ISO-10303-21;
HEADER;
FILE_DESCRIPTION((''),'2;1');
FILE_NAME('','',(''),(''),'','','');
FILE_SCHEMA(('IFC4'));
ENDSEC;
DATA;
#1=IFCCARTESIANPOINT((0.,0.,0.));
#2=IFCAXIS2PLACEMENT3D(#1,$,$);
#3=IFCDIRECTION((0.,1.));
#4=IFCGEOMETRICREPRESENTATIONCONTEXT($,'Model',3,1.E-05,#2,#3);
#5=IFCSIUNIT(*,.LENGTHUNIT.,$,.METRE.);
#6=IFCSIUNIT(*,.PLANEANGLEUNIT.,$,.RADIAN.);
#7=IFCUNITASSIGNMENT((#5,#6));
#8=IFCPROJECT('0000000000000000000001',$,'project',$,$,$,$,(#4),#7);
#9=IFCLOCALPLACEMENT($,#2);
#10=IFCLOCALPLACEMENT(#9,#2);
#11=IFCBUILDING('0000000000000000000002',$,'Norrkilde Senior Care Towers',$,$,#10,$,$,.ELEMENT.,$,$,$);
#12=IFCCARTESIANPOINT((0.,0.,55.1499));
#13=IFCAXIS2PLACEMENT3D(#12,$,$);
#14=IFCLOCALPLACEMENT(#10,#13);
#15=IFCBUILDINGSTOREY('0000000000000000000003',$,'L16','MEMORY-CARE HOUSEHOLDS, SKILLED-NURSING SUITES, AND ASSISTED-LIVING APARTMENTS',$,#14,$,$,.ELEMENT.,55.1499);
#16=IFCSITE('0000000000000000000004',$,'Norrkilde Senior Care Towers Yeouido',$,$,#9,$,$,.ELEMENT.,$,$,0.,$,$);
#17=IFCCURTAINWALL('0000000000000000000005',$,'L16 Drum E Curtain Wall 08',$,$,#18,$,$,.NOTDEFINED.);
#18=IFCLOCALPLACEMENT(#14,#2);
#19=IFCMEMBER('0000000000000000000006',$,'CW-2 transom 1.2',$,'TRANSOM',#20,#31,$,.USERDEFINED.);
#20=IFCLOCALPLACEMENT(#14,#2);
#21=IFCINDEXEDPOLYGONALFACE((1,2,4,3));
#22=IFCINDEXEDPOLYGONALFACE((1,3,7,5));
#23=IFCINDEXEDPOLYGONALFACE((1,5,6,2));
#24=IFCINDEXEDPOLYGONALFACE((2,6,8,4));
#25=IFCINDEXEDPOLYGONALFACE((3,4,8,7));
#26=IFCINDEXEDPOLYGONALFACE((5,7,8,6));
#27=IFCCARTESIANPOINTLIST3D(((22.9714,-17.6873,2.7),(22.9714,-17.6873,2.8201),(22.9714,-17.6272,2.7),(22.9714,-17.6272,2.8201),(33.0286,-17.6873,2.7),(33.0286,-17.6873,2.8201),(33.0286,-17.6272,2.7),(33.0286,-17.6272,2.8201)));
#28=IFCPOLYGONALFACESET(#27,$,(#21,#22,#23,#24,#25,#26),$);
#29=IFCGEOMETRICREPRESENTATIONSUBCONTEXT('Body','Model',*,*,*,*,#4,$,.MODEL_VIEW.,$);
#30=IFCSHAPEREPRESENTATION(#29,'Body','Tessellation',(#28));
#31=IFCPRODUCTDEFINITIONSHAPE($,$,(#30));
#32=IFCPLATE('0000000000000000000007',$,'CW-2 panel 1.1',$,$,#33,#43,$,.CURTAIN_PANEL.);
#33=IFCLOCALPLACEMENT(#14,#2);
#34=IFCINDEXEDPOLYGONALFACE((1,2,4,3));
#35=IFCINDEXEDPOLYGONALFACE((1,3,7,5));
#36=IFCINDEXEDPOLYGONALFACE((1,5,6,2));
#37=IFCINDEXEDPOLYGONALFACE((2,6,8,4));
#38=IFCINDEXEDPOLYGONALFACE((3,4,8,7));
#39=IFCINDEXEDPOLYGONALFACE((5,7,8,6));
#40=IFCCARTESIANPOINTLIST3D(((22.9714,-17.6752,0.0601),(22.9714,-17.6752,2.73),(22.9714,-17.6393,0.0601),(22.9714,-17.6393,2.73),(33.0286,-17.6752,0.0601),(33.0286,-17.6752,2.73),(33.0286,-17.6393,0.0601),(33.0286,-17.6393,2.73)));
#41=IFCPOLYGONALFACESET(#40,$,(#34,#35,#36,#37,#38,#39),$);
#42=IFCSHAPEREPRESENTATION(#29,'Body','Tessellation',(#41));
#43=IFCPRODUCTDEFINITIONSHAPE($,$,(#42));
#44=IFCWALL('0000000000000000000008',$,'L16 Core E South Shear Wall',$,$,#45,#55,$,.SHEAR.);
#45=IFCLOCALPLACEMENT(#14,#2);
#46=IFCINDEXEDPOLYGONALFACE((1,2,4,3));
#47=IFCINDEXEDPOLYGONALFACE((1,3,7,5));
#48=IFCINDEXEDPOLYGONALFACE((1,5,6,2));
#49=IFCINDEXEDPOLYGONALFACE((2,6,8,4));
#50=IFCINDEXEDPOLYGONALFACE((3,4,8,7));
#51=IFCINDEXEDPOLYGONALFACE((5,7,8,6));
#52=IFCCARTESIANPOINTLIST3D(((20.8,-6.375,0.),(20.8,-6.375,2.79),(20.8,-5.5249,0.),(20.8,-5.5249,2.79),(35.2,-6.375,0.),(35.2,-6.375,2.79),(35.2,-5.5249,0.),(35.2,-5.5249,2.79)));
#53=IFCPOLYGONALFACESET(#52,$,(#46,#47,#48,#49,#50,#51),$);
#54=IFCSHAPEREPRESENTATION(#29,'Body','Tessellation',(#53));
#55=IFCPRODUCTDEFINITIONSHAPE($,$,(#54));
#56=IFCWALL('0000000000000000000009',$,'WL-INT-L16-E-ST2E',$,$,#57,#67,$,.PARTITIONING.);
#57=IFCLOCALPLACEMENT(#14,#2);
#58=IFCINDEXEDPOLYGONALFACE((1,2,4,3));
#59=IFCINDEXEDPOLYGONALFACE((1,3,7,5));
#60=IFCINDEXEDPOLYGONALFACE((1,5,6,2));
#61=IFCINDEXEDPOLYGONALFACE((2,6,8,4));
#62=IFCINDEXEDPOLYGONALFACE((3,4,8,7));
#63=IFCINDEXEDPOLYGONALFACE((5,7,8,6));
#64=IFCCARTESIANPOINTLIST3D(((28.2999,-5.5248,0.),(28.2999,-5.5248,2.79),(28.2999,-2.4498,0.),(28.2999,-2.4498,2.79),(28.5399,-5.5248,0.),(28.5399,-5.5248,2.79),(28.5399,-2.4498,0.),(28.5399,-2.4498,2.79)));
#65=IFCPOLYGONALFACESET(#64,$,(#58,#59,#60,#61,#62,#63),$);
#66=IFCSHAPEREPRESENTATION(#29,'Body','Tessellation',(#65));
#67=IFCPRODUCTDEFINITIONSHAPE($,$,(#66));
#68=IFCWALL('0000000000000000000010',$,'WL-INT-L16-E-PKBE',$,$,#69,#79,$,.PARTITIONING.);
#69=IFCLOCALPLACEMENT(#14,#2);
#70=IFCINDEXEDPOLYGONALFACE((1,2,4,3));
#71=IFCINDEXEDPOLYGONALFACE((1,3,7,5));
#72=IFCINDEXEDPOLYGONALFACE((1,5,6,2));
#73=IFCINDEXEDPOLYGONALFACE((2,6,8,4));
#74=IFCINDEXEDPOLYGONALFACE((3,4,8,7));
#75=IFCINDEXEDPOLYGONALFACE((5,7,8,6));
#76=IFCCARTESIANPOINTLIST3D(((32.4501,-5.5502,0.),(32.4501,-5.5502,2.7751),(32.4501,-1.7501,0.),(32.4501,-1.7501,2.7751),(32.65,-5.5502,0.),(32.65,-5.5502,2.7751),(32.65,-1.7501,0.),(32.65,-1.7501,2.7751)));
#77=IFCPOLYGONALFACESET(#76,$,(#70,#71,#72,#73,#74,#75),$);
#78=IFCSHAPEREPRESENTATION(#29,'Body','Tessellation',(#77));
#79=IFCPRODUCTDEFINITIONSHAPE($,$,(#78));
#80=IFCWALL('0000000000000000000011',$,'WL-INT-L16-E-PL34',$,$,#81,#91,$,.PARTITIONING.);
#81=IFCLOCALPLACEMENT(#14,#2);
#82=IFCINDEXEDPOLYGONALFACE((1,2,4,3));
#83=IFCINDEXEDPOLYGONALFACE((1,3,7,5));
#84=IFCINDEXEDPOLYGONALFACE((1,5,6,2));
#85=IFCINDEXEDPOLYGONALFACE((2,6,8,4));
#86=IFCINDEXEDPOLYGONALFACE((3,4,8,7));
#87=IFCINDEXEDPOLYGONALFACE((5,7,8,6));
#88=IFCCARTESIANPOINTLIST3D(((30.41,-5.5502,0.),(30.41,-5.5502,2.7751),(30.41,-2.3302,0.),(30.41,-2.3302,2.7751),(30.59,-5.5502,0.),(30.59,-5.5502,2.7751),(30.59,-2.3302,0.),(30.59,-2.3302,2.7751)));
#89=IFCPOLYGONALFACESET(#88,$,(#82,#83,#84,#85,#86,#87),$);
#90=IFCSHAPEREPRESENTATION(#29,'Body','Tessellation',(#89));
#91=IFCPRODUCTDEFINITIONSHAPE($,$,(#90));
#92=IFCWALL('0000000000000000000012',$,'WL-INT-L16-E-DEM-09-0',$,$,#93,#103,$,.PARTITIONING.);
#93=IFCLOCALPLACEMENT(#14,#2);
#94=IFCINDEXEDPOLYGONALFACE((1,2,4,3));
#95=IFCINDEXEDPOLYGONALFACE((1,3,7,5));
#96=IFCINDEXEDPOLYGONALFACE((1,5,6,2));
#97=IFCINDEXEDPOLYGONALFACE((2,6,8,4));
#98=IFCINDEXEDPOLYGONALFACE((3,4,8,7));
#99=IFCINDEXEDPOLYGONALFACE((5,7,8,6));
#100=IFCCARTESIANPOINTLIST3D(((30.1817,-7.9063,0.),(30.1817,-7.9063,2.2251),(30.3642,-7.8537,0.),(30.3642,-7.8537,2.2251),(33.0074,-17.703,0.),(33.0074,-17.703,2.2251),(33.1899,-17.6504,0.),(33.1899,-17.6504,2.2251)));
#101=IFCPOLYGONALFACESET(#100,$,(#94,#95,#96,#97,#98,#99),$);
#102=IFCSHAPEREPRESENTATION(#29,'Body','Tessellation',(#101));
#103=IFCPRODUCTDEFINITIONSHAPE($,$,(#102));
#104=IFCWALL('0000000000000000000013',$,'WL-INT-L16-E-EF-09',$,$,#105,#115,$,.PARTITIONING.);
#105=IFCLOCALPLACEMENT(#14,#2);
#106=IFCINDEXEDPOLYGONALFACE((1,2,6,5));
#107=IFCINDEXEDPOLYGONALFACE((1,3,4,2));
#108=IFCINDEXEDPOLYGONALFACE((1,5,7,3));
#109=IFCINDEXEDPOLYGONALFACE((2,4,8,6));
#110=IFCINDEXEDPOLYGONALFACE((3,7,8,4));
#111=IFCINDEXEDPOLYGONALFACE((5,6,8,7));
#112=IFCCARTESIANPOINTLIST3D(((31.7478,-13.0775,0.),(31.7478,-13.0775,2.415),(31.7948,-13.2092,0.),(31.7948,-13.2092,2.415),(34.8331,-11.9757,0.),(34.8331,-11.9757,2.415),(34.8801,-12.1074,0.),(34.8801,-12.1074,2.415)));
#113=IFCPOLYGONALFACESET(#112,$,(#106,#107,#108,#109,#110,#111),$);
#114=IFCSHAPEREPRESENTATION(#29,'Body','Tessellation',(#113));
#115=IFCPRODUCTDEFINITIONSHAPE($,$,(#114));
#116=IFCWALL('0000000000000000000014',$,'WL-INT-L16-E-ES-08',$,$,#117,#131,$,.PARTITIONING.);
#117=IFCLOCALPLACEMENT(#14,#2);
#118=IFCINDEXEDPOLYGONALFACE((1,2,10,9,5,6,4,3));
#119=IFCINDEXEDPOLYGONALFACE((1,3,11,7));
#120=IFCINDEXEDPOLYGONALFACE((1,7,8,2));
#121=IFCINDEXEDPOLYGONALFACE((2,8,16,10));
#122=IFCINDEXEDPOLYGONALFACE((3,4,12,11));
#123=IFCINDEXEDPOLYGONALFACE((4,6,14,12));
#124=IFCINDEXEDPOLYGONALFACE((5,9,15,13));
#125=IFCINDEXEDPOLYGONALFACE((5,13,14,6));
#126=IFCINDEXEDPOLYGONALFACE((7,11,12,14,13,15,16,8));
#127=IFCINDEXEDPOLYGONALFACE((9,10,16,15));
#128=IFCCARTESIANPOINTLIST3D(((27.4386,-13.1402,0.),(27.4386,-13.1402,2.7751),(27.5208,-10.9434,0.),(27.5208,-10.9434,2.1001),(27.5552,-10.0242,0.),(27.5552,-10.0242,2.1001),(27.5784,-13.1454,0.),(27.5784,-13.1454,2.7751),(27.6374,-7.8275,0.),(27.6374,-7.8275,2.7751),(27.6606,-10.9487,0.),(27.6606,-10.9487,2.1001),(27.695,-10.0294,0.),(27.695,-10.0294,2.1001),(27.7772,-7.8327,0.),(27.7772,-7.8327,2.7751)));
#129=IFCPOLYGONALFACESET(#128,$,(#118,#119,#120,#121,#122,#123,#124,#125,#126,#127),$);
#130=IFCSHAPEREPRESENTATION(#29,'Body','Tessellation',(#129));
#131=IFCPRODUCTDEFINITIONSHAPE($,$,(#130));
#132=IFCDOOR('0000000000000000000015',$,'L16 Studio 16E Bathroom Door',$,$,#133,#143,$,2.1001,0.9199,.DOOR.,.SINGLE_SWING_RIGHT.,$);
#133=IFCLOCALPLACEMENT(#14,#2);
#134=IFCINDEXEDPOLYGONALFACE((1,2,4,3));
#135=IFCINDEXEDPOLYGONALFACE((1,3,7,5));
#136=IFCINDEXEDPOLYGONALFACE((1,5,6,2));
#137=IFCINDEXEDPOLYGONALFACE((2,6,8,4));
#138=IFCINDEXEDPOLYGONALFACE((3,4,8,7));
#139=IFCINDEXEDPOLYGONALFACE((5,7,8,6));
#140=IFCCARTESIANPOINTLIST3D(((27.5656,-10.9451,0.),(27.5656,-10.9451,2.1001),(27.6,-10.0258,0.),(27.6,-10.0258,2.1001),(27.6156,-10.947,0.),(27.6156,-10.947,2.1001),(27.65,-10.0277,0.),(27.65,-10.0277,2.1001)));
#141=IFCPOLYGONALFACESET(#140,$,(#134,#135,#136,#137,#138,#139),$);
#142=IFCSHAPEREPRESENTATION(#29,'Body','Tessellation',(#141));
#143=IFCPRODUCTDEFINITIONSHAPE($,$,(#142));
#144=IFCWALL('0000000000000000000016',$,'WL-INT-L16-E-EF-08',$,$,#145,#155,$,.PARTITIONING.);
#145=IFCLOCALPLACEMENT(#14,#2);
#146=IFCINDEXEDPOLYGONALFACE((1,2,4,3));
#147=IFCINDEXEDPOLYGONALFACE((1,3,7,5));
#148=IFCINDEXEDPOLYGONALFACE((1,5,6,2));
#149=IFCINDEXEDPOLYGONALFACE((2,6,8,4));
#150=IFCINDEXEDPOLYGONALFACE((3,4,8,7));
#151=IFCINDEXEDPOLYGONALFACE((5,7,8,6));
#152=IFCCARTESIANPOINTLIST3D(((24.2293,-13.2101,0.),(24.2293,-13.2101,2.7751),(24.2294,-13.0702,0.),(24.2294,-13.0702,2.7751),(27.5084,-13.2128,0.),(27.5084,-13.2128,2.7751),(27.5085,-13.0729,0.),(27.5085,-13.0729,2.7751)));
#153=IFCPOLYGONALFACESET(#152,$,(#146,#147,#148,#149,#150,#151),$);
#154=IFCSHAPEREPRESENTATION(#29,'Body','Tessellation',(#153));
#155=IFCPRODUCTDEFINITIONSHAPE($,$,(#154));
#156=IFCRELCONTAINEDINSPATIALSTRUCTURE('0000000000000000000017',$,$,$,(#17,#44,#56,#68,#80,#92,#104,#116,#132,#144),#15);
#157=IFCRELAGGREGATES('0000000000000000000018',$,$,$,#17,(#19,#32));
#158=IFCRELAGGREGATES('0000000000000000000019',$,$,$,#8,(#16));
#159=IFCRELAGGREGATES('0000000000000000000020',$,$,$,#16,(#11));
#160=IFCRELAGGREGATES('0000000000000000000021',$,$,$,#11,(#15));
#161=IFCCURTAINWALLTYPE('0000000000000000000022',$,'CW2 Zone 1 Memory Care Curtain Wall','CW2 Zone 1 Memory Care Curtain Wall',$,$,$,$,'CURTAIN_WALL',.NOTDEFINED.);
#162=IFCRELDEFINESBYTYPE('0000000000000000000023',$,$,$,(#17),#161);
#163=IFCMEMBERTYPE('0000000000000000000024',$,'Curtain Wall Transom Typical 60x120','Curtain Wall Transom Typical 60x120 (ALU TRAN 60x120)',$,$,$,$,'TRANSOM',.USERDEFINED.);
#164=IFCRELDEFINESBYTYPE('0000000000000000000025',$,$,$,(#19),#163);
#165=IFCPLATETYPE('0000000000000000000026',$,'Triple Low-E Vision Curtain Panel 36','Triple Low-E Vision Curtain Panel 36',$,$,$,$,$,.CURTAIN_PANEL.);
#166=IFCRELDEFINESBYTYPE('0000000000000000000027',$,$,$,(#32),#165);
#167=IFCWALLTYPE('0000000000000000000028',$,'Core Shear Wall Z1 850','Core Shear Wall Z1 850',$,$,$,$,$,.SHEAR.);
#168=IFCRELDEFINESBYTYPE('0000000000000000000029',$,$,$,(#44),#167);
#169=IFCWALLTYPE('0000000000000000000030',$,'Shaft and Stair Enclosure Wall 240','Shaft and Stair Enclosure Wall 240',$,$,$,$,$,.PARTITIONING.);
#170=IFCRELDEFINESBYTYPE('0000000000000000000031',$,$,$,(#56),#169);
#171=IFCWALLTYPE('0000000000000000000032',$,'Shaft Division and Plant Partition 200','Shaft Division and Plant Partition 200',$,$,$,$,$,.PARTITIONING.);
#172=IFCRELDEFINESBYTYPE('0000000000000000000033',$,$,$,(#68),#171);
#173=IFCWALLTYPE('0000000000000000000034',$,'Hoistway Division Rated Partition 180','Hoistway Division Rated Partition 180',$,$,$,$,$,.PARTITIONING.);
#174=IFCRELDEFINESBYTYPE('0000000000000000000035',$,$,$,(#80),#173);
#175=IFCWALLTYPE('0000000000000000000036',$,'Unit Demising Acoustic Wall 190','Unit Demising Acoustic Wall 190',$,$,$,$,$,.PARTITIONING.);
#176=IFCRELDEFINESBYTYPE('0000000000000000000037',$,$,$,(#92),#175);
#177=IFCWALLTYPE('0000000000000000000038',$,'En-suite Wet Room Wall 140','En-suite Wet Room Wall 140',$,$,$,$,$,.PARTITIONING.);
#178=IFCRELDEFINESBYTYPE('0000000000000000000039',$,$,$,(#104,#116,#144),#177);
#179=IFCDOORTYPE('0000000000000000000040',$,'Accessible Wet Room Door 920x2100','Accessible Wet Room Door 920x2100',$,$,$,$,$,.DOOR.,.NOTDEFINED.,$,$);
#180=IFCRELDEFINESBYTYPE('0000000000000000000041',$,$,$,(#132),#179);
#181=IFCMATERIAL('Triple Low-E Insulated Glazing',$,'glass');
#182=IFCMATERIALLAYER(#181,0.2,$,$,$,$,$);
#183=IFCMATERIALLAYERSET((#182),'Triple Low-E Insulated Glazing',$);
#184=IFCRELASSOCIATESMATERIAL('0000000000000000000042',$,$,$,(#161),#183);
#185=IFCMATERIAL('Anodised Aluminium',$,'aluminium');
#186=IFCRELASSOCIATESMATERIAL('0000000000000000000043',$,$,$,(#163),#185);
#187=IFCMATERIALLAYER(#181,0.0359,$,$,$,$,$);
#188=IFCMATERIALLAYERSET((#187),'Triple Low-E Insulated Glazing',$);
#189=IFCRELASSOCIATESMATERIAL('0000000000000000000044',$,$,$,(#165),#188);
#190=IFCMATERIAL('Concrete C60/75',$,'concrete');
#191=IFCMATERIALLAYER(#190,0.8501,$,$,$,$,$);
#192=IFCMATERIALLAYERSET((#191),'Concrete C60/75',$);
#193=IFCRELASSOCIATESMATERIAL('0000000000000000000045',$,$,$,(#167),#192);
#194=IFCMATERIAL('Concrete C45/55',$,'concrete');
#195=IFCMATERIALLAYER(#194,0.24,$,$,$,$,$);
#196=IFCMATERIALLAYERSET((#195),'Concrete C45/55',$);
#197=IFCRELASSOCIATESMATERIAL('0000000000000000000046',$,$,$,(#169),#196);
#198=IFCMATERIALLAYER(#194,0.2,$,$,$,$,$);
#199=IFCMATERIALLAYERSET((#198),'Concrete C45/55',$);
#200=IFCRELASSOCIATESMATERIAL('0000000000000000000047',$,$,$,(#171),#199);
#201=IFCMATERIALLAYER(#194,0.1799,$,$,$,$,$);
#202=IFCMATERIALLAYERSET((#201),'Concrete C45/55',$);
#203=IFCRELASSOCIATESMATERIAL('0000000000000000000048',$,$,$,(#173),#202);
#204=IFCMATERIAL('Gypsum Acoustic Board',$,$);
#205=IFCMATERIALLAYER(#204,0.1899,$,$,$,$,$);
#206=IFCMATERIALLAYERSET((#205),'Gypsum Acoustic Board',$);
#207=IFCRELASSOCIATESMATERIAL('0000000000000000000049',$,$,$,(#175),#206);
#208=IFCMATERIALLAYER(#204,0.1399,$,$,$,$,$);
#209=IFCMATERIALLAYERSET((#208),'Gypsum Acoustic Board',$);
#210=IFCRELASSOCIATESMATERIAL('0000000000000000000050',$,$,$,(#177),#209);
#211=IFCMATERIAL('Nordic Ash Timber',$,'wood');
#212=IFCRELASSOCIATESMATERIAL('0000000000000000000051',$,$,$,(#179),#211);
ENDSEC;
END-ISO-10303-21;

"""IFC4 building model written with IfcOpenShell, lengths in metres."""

from ifc_helpers import new_model, si_unit, direction, frame, frame_2d, origin, origin_2d, place, context, subcontext, project, spatial, rectangle, extrude, source, transform, mapped, material, layer, layer_set, material_profile, profile_set, type_object, type_shapes, element, fill, aggregate, save


model = new_model("IFC4")

# Units and contexts
model_context = context("Model", 3, precision=1e-05, world=origin(), true_north=direction((0.0, 1.0)))
body_context = subcontext(model_context, "Body", "Model", "MODEL_VIEW")
ifc_project = project(units=[si_unit("LENGTHUNIT", "METRE"), si_unit("PLANEANGLEUNIT", "RADIAN")], contexts=[model_context])

# Site, building, storey
site_placement = place(None, origin())
site = spatial("IfcSite", under=ifc_project, at=site_placement, Name="Norrkilde Senior Care Towers Yeouido", CompositionType="ELEMENT", RefElevation=0.0)
building_placement = place(site_placement, origin())
building = spatial("IfcBuilding", under=site, at=building_placement, Name="Norrkilde Senior Care Towers", CompositionType="ELEMENT")
storey_placement = place(building_placement, frame((0.0, 0.0, 55.1499)))
storey = spatial("IfcBuildingStorey", under=building, at=storey_placement, Name="L16", Description="MEMORY-CARE HOUSEHOLDS, SKILLED-NURSING SUITES, AND ASSISTED-LIVING APARTMENTS", CompositionType="ELEMENT", Elevation=55.1499)

# Shared definitions
ifc_material_1 = material(Name="Concrete C60/75", Category="concrete")

# Curtain wall
ifc_material_2 = material(Name="Triple Low-E Insulated Glazing", Category="glass")
ifc_layer_1 = layer(ifc_material_2, 0.2)
ifc_layer_set_1 = layer_set([ifc_layer_1], Name="Triple Low-E Insulated Glazing")
curtain_wall_type = type_object("IfcCurtainWallType", Name="CW2 Zone 1 Memory Care Curtain Wall", Description="CW2 Zone 1 Memory Care Curtain Wall", ElementType="CURTAIN_WALL", PredefinedType="NOTDEFINED", material=ifc_layer_set_1)
curtain_wall_1_placement = place(storey_placement, origin())
curtain_wall_1 = element("IfcCurtainWall", 1, at=curtain_wall_1_placement, inside=storey, type_object=curtain_wall_type, Name="L16 Drum E Curtain Wall 08", PredefinedType="NOTDEFINED")
ifc_material_3 = material(Name="Anodised Aluminium", Category="aluminium")

# Member
ifc_material_profile_1 = material_profile(ifc_material_3, rectangle(XDim=0.0601, YDim=0.1201, at=origin_2d()), Name="ALU TRAN 60x120")
ifc_profile_set_1 = profile_set([ifc_material_profile_1], Name="Anodised Aluminium")
member_type_1 = type_object("IfcMemberType", Name="Curtain Wall Transom Typical 60x120", Description="Curtain Wall Transom Typical 60x120 (ALU TRAN 60x120)", ElementType="TRANSOM", PredefinedType="USERDEFINED", material=ifc_profile_set_1)
shared_shape_1 = source(origin(), body_context, "Body", "SweptSolid", [
    extrude(rectangle(XDim=0.0601, YDim=0.1201, at=origin_2d()), origin(), (0.0, 0.0, 1.0), 10.0571),
])
type_shapes(member_type_1, [shared_shape_1])
member_1_placement = place(storey_placement, frame((33.0286, -17.6572, 2.76), z_axis=(-1.0, 0.0, 0.0), x_axis=(0.0, -1.0, 0.0)))
member_1 = element("IfcMember", 2, at=member_1_placement, type_object=member_type_1, Name="CW-2 transom 1.2", ObjectType="TRANSOM", PredefinedType="USERDEFINED", context=body_context, shape_type="MappedRepresentation", body=[
    mapped(shared_shape_1, transform((0.0, 0.0, 0.0), x_axis=(1.0, 0.0, 0.0), y_axis=(0.0, 1.0, 0.0), z_axis=(0.0, 0.0, 1.0), scale=1.0)),
])

# Plate
ifc_layer_2 = layer(ifc_material_2, 0.0359)
ifc_layer_set_2 = layer_set([ifc_layer_2], Name="Triple Low-E Insulated Glazing")
plate_type = type_object("IfcPlateType", Name="Triple Low-E Vision Curtain Panel 36", Description="Triple Low-E Vision Curtain Panel 36", PredefinedType="CURTAIN_PANEL", material=ifc_layer_set_2)
shared_shape_2 = source(origin(), body_context, "Body", "SweptSolid", [
    extrude(rectangle(XDim=10.0571, YDim=0.0359, at=origin_2d()), origin(), (0.0, 0.0, 1.0), 2.6699),
])
type_shapes(plate_type, [shared_shape_2])
plate_placement = place(storey_placement, frame((28.0, -17.6572, 0.0601), z_axis=(0.0, 0.0, 1.0), x_axis=(-1.0, 0.0, 0.0)))
plate = element("IfcPlate", 3, at=plate_placement, type_object=plate_type, Name="CW-2 panel 1.1", PredefinedType="CURTAIN_PANEL", context=body_context, shape_type="MappedRepresentation", body=[
    mapped(shared_shape_2, transform((0.0, 0.0, 0.0), x_axis=(1.0, 0.0, 0.0), y_axis=(0.0, 1.0, 0.0), z_axis=(0.0, 0.0, 1.0), scale=1.0)),
])
aggregate(curtain_wall_1, [member_1, plate])

# Walls
ifc_layer_3 = layer(ifc_material_1, 0.8501)
ifc_layer_set_3 = layer_set([ifc_layer_3], Name="Concrete C60/75")
wall_type_1 = type_object("IfcWallType", Name="Core Shear Wall Z1 850", Description="Core Shear Wall Z1 850", PredefinedType="SHEAR", material=ifc_layer_set_3)
shared_shape_3 = source(origin(), body_context, "Body", "SweptSolid", [
    extrude(rectangle(XDim=14.3999, YDim=0.8501, at=frame_2d((7.2, 0.0))), origin(), (0.0, 0.0, 1.0), 2.79),
])
type_shapes(wall_type_1, [shared_shape_3])
wall_1_placement = place(storey_placement, frame((35.2, -5.95, 0.0), z_axis=(0.0, 0.0, 1.0), x_axis=(-1.0, 0.0, 0.0)))
element("IfcWall", 4, at=wall_1_placement, inside=storey, type_object=wall_type_1, Name="L16 Core E South Shear Wall", PredefinedType="SHEAR", context=body_context, shape_type="MappedRepresentation", body=[
    mapped(shared_shape_3, transform((0.0, 0.0, 0.0), x_axis=(1.0, 0.0, 0.0), y_axis=(0.0, 1.0, 0.0), z_axis=(0.0, 0.0, 1.0), scale=1.0)),
])
ifc_material_4 = material(Name="Concrete C45/55", Category="concrete")
ifc_layer_4 = layer(ifc_material_4, 0.24)
ifc_layer_set_4 = layer_set([ifc_layer_4], Name="Concrete C45/55")
wall_type_2 = type_object("IfcWallType", Name="Shaft and Stair Enclosure Wall 240", Description="Shaft and Stair Enclosure Wall 240", PredefinedType="PARTITIONING", material=ifc_layer_set_4)
shared_shape_4 = source(origin(), body_context, "Body", "SweptSolid", [
    extrude(rectangle(XDim=3.075, YDim=0.24, at=frame_2d((1.5376, 0.0))), origin(), (0.0, 0.0, 1.0), 2.79),
])
type_shapes(wall_type_2, [shared_shape_4])
wall_2_placement = place(storey_placement, frame((28.4199, -5.5249, 0.0), z_axis=(0.0, 0.0, 1.0), x_axis=(0.0, 1.0, 0.0)))
element("IfcWall", 5, at=wall_2_placement, inside=storey, type_object=wall_type_2, Name="WL-INT-L16-E-ST2E", PredefinedType="PARTITIONING", context=body_context, shape_type="MappedRepresentation", body=[
    mapped(shared_shape_4, transform((0.0, 0.0, 0.0), x_axis=(1.0, 0.0, 0.0), y_axis=(0.0, 1.0, 0.0), z_axis=(0.0, 0.0, 1.0), scale=1.0)),
])
ifc_layer_5 = layer(ifc_material_4, 0.2)
ifc_layer_set_5 = layer_set([ifc_layer_5], Name="Concrete C45/55")
wall_type_3 = type_object("IfcWallType", Name="Shaft Division and Plant Partition 200", Description="Shaft Division and Plant Partition 200", PredefinedType="PARTITIONING", material=ifc_layer_set_5)
shared_shape_5 = source(origin(), body_context, "Body", "SweptSolid", [
    extrude(rectangle(XDim=3.8, YDim=0.2, at=frame_2d((1.8999, 0.0))), origin(), (0.0, 0.0, 1.0), 2.7751),
])
type_shapes(wall_type_3, [shared_shape_5])
wall_3_placement = place(storey_placement, frame((32.55, -5.55, 0.0), z_axis=(0.0, 0.0, 1.0), x_axis=(0.0, 1.0, 0.0)))
element("IfcWall", 6, at=wall_3_placement, inside=storey, type_object=wall_type_3, Name="WL-INT-L16-E-PKBE", PredefinedType="PARTITIONING", context=body_context, shape_type="MappedRepresentation", body=[
    mapped(shared_shape_5, transform((0.0, 0.0, 0.0), x_axis=(1.0, 0.0, 0.0), y_axis=(0.0, 1.0, 0.0), z_axis=(0.0, 0.0, 1.0), scale=1.0)),
])
ifc_layer_6 = layer(ifc_material_4, 0.1799)
ifc_layer_set_6 = layer_set([ifc_layer_6], Name="Concrete C45/55")
wall_type_4 = type_object("IfcWallType", Name="Hoistway Division Rated Partition 180", Description="Hoistway Division Rated Partition 180", PredefinedType="PARTITIONING", material=ifc_layer_set_6)
shared_shape_6 = source(origin(), body_context, "Body", "SweptSolid", [
    extrude(rectangle(XDim=3.22, YDim=0.1799, at=frame_2d((1.6099, 0.0))), origin(), (0.0, 0.0, 1.0), 2.7751),
])
type_shapes(wall_type_4, [shared_shape_6])
wall_4_placement = place(storey_placement, frame((30.5, -5.55, 0.0), z_axis=(0.0, 0.0, 1.0), x_axis=(0.0, 1.0, 0.0)))
element("IfcWall", 7, at=wall_4_placement, inside=storey, type_object=wall_type_4, Name="WL-INT-L16-E-PL34", PredefinedType="PARTITIONING", context=body_context, shape_type="MappedRepresentation", body=[
    mapped(shared_shape_6, transform((0.0, 0.0, 0.0), x_axis=(1.0, 0.0, 0.0), y_axis=(0.0, 1.0, 0.0), z_axis=(0.0, 0.0, 1.0), scale=1.0)),
])
ifc_material_5 = material(Name="Gypsum Acoustic Board")
ifc_layer_7 = layer(ifc_material_5, 0.1899)
ifc_layer_set_7 = layer_set([ifc_layer_7], Name="Gypsum Acoustic Board")
wall_type_5 = type_object("IfcWallType", Name="Unit Demising Acoustic Wall 190", Description="Unit Demising Acoustic Wall 190", PredefinedType="PARTITIONING", material=ifc_layer_set_7)
shared_shape_7 = source(origin(), body_context, "Body", "SweptSolid", [
    extrude(rectangle(XDim=10.196, YDim=0.1899, at=frame_2d((5.0981, 0.0))), origin(), (0.0, 0.0, 1.0), 2.2251),
])
type_shapes(wall_type_5, [shared_shape_7])
wall_5_placement = place(storey_placement, frame((30.2729, -7.8799, 0.0), z_axis=(0.0, 0.0, 1.0), x_axis=(0.277136, -0.960831, 0.0)))
element("IfcWall", 8, at=wall_5_placement, inside=storey, type_object=wall_type_5, Name="WL-INT-L16-E-DEM-09-0", PredefinedType="PARTITIONING", context=body_context, shape_type="MappedRepresentation", body=[
    mapped(shared_shape_7, transform((0.0, 0.0, 0.0), x_axis=(1.0, 0.0, 0.0), y_axis=(0.0, 1.0, 0.0), z_axis=(0.0, 0.0, 1.0), scale=1.0)),
])
ifc_layer_8 = layer(ifc_material_5, 0.1399)
ifc_layer_set_8 = layer_set([ifc_layer_8], Name="Gypsum Acoustic Board")
wall_type_6 = type_object("IfcWallType", Name="En-suite Wet Room Wall 140", Description="En-suite Wet Room Wall 140", PredefinedType="PARTITIONING", material=ifc_layer_set_8)
shared_shape_8 = source(origin(), body_context, "Body", "SweptSolid", [
    extrude(rectangle(XDim=3.2761, YDim=0.1399, at=frame_2d((1.6382, 0.0))), origin(), (0.0, 0.0, 1.0), 2.415),
])
wall_6_placement = place(storey_placement, frame((34.8567, -12.0415, 0.0), z_axis=(0.0, 0.0, 1.0), x_axis=(-0.941747, -0.336322, 0.0)))
element("IfcWall", 9, at=wall_6_placement, inside=storey, type_object=wall_type_6, Name="WL-INT-L16-E-EF-09", PredefinedType="PARTITIONING", context=body_context, shape_type="MappedRepresentation", body=[
    mapped(shared_shape_8, transform((0.0, 0.0, 0.0), x_axis=(1.0, 0.0, 0.0), y_axis=(0.0, 1.0, 0.0), z_axis=(0.0, 0.0, 1.0), scale=1.0)),
])

# Wall, opening, door
shared_shape_9 = source(origin(), body_context, "Body", "SweptSolid", [
    extrude(rectangle(XDim=5.3164, YDim=0.1399, at=frame_2d((2.6582, 0.0))), origin(), (0.0, 0.0, 1.0), 2.7751),
])
wall_7_placement = place(storey_placement, frame((27.7073, -7.8301, 0.0), z_axis=(0.0, 0.0, 1.0), x_axis=(-0.03738, -0.999301, 0.0)))
wall_7 = element("IfcWall", 10, at=wall_7_placement, inside=storey, type_object=wall_type_6, Name="WL-INT-L16-E-ES-08", PredefinedType="PARTITIONING", context=body_context, shape_type="MappedRepresentation", body=[
    mapped(shared_shape_9, transform((0.0, 0.0, 0.0), x_axis=(1.0, 0.0, 0.0), y_axis=(0.0, 1.0, 0.0), z_axis=(0.0, 0.0, 1.0), scale=1.0)),
])
opening_1_placement = place(wall_7_placement, frame((2.1982, 0.0, 0.0)))
opening_1 = element("IfcOpeningElement", 11, at=opening_1_placement, cuts=wall_7, PredefinedType="OPENING", context=body_context, shape_type="SweptSolid", body=[
    extrude(rectangle(XDim=0.9199, YDim=2.1001, at=frame_2d((0.46, 1.05))), frame((0.0, 0.0798, 0.0), z_axis=(0.0, -1.0, 0.0), x_axis=(1.0, 0.0, 0.0)), (0.0, 0.0, 1.0), 0.1599),
])
ifc_material_6 = material(Name="Nordic Ash Timber", Category="wood")
door_type = type_object("IfcDoorType", Name="Accessible Wet Room Door 920x2100", Description="Accessible Wet Room Door 920x2100", OperationType="NOTDEFINED", PredefinedType="DOOR", material=ifc_material_6)
shared_shape_10 = source(origin(), body_context, "Body", "SweptSolid", [
    extrude(rectangle(XDim=0.9199, YDim=2.1001, at=frame_2d((0.46, 1.05))), frame((0.0, 0.0249, 0.0), z_axis=(0.0, -1.0, 0.0), x_axis=(1.0, 0.0, 0.0)), (0.0, 0.0, 1.0), 0.05),
])
type_shapes(door_type, [shared_shape_10])
door_1_placement = place(opening_1_placement, origin())
door_1 = element("IfcDoor", 12, at=door_1_placement, inside=storey, type_object=door_type, Name="L16 Studio 16E Bathroom Door", OperationType="SINGLE_SWING_RIGHT", OverallHeight=2.1001, OverallWidth=0.9199, PredefinedType="DOOR", context=body_context, shape_type="MappedRepresentation", body=[
    mapped(shared_shape_10, transform((0.0, 0.0, 0.0), x_axis=(1.0, 0.0, 0.0), y_axis=(0.0, 1.0, 0.0), z_axis=(0.0, 0.0, 1.0), scale=1.0)),
])
fill(opening_1, door_1)

# Wall
shared_shape_11 = source(origin(), body_context, "Body", "SweptSolid", [
    extrude(rectangle(XDim=3.2791, YDim=0.1399, at=frame_2d((1.6396, 0.0))), origin(), (0.0, 0.0, 1.0), 2.7751),
])
wall_8_placement = place(storey_placement, frame((27.5085, -13.1428, 0.0), z_axis=(0.0, 0.0, 1.0), x_axis=(-1.0, 0.000819, 0.0)))
element("IfcWall", 13, at=wall_8_placement, inside=storey, type_object=wall_type_6, Name="WL-INT-L16-E-EF-08", PredefinedType="PARTITIONING", context=body_context, shape_type="MappedRepresentation", body=[
    mapped(shared_shape_11, transform((0.0, 0.0, 0.0), x_axis=(1.0, 0.0, 0.0), y_axis=(0.0, 1.0, 0.0), z_axis=(0.0, 0.0, 1.0), scale=1.0)),
])

save(model, "model.ifc")
